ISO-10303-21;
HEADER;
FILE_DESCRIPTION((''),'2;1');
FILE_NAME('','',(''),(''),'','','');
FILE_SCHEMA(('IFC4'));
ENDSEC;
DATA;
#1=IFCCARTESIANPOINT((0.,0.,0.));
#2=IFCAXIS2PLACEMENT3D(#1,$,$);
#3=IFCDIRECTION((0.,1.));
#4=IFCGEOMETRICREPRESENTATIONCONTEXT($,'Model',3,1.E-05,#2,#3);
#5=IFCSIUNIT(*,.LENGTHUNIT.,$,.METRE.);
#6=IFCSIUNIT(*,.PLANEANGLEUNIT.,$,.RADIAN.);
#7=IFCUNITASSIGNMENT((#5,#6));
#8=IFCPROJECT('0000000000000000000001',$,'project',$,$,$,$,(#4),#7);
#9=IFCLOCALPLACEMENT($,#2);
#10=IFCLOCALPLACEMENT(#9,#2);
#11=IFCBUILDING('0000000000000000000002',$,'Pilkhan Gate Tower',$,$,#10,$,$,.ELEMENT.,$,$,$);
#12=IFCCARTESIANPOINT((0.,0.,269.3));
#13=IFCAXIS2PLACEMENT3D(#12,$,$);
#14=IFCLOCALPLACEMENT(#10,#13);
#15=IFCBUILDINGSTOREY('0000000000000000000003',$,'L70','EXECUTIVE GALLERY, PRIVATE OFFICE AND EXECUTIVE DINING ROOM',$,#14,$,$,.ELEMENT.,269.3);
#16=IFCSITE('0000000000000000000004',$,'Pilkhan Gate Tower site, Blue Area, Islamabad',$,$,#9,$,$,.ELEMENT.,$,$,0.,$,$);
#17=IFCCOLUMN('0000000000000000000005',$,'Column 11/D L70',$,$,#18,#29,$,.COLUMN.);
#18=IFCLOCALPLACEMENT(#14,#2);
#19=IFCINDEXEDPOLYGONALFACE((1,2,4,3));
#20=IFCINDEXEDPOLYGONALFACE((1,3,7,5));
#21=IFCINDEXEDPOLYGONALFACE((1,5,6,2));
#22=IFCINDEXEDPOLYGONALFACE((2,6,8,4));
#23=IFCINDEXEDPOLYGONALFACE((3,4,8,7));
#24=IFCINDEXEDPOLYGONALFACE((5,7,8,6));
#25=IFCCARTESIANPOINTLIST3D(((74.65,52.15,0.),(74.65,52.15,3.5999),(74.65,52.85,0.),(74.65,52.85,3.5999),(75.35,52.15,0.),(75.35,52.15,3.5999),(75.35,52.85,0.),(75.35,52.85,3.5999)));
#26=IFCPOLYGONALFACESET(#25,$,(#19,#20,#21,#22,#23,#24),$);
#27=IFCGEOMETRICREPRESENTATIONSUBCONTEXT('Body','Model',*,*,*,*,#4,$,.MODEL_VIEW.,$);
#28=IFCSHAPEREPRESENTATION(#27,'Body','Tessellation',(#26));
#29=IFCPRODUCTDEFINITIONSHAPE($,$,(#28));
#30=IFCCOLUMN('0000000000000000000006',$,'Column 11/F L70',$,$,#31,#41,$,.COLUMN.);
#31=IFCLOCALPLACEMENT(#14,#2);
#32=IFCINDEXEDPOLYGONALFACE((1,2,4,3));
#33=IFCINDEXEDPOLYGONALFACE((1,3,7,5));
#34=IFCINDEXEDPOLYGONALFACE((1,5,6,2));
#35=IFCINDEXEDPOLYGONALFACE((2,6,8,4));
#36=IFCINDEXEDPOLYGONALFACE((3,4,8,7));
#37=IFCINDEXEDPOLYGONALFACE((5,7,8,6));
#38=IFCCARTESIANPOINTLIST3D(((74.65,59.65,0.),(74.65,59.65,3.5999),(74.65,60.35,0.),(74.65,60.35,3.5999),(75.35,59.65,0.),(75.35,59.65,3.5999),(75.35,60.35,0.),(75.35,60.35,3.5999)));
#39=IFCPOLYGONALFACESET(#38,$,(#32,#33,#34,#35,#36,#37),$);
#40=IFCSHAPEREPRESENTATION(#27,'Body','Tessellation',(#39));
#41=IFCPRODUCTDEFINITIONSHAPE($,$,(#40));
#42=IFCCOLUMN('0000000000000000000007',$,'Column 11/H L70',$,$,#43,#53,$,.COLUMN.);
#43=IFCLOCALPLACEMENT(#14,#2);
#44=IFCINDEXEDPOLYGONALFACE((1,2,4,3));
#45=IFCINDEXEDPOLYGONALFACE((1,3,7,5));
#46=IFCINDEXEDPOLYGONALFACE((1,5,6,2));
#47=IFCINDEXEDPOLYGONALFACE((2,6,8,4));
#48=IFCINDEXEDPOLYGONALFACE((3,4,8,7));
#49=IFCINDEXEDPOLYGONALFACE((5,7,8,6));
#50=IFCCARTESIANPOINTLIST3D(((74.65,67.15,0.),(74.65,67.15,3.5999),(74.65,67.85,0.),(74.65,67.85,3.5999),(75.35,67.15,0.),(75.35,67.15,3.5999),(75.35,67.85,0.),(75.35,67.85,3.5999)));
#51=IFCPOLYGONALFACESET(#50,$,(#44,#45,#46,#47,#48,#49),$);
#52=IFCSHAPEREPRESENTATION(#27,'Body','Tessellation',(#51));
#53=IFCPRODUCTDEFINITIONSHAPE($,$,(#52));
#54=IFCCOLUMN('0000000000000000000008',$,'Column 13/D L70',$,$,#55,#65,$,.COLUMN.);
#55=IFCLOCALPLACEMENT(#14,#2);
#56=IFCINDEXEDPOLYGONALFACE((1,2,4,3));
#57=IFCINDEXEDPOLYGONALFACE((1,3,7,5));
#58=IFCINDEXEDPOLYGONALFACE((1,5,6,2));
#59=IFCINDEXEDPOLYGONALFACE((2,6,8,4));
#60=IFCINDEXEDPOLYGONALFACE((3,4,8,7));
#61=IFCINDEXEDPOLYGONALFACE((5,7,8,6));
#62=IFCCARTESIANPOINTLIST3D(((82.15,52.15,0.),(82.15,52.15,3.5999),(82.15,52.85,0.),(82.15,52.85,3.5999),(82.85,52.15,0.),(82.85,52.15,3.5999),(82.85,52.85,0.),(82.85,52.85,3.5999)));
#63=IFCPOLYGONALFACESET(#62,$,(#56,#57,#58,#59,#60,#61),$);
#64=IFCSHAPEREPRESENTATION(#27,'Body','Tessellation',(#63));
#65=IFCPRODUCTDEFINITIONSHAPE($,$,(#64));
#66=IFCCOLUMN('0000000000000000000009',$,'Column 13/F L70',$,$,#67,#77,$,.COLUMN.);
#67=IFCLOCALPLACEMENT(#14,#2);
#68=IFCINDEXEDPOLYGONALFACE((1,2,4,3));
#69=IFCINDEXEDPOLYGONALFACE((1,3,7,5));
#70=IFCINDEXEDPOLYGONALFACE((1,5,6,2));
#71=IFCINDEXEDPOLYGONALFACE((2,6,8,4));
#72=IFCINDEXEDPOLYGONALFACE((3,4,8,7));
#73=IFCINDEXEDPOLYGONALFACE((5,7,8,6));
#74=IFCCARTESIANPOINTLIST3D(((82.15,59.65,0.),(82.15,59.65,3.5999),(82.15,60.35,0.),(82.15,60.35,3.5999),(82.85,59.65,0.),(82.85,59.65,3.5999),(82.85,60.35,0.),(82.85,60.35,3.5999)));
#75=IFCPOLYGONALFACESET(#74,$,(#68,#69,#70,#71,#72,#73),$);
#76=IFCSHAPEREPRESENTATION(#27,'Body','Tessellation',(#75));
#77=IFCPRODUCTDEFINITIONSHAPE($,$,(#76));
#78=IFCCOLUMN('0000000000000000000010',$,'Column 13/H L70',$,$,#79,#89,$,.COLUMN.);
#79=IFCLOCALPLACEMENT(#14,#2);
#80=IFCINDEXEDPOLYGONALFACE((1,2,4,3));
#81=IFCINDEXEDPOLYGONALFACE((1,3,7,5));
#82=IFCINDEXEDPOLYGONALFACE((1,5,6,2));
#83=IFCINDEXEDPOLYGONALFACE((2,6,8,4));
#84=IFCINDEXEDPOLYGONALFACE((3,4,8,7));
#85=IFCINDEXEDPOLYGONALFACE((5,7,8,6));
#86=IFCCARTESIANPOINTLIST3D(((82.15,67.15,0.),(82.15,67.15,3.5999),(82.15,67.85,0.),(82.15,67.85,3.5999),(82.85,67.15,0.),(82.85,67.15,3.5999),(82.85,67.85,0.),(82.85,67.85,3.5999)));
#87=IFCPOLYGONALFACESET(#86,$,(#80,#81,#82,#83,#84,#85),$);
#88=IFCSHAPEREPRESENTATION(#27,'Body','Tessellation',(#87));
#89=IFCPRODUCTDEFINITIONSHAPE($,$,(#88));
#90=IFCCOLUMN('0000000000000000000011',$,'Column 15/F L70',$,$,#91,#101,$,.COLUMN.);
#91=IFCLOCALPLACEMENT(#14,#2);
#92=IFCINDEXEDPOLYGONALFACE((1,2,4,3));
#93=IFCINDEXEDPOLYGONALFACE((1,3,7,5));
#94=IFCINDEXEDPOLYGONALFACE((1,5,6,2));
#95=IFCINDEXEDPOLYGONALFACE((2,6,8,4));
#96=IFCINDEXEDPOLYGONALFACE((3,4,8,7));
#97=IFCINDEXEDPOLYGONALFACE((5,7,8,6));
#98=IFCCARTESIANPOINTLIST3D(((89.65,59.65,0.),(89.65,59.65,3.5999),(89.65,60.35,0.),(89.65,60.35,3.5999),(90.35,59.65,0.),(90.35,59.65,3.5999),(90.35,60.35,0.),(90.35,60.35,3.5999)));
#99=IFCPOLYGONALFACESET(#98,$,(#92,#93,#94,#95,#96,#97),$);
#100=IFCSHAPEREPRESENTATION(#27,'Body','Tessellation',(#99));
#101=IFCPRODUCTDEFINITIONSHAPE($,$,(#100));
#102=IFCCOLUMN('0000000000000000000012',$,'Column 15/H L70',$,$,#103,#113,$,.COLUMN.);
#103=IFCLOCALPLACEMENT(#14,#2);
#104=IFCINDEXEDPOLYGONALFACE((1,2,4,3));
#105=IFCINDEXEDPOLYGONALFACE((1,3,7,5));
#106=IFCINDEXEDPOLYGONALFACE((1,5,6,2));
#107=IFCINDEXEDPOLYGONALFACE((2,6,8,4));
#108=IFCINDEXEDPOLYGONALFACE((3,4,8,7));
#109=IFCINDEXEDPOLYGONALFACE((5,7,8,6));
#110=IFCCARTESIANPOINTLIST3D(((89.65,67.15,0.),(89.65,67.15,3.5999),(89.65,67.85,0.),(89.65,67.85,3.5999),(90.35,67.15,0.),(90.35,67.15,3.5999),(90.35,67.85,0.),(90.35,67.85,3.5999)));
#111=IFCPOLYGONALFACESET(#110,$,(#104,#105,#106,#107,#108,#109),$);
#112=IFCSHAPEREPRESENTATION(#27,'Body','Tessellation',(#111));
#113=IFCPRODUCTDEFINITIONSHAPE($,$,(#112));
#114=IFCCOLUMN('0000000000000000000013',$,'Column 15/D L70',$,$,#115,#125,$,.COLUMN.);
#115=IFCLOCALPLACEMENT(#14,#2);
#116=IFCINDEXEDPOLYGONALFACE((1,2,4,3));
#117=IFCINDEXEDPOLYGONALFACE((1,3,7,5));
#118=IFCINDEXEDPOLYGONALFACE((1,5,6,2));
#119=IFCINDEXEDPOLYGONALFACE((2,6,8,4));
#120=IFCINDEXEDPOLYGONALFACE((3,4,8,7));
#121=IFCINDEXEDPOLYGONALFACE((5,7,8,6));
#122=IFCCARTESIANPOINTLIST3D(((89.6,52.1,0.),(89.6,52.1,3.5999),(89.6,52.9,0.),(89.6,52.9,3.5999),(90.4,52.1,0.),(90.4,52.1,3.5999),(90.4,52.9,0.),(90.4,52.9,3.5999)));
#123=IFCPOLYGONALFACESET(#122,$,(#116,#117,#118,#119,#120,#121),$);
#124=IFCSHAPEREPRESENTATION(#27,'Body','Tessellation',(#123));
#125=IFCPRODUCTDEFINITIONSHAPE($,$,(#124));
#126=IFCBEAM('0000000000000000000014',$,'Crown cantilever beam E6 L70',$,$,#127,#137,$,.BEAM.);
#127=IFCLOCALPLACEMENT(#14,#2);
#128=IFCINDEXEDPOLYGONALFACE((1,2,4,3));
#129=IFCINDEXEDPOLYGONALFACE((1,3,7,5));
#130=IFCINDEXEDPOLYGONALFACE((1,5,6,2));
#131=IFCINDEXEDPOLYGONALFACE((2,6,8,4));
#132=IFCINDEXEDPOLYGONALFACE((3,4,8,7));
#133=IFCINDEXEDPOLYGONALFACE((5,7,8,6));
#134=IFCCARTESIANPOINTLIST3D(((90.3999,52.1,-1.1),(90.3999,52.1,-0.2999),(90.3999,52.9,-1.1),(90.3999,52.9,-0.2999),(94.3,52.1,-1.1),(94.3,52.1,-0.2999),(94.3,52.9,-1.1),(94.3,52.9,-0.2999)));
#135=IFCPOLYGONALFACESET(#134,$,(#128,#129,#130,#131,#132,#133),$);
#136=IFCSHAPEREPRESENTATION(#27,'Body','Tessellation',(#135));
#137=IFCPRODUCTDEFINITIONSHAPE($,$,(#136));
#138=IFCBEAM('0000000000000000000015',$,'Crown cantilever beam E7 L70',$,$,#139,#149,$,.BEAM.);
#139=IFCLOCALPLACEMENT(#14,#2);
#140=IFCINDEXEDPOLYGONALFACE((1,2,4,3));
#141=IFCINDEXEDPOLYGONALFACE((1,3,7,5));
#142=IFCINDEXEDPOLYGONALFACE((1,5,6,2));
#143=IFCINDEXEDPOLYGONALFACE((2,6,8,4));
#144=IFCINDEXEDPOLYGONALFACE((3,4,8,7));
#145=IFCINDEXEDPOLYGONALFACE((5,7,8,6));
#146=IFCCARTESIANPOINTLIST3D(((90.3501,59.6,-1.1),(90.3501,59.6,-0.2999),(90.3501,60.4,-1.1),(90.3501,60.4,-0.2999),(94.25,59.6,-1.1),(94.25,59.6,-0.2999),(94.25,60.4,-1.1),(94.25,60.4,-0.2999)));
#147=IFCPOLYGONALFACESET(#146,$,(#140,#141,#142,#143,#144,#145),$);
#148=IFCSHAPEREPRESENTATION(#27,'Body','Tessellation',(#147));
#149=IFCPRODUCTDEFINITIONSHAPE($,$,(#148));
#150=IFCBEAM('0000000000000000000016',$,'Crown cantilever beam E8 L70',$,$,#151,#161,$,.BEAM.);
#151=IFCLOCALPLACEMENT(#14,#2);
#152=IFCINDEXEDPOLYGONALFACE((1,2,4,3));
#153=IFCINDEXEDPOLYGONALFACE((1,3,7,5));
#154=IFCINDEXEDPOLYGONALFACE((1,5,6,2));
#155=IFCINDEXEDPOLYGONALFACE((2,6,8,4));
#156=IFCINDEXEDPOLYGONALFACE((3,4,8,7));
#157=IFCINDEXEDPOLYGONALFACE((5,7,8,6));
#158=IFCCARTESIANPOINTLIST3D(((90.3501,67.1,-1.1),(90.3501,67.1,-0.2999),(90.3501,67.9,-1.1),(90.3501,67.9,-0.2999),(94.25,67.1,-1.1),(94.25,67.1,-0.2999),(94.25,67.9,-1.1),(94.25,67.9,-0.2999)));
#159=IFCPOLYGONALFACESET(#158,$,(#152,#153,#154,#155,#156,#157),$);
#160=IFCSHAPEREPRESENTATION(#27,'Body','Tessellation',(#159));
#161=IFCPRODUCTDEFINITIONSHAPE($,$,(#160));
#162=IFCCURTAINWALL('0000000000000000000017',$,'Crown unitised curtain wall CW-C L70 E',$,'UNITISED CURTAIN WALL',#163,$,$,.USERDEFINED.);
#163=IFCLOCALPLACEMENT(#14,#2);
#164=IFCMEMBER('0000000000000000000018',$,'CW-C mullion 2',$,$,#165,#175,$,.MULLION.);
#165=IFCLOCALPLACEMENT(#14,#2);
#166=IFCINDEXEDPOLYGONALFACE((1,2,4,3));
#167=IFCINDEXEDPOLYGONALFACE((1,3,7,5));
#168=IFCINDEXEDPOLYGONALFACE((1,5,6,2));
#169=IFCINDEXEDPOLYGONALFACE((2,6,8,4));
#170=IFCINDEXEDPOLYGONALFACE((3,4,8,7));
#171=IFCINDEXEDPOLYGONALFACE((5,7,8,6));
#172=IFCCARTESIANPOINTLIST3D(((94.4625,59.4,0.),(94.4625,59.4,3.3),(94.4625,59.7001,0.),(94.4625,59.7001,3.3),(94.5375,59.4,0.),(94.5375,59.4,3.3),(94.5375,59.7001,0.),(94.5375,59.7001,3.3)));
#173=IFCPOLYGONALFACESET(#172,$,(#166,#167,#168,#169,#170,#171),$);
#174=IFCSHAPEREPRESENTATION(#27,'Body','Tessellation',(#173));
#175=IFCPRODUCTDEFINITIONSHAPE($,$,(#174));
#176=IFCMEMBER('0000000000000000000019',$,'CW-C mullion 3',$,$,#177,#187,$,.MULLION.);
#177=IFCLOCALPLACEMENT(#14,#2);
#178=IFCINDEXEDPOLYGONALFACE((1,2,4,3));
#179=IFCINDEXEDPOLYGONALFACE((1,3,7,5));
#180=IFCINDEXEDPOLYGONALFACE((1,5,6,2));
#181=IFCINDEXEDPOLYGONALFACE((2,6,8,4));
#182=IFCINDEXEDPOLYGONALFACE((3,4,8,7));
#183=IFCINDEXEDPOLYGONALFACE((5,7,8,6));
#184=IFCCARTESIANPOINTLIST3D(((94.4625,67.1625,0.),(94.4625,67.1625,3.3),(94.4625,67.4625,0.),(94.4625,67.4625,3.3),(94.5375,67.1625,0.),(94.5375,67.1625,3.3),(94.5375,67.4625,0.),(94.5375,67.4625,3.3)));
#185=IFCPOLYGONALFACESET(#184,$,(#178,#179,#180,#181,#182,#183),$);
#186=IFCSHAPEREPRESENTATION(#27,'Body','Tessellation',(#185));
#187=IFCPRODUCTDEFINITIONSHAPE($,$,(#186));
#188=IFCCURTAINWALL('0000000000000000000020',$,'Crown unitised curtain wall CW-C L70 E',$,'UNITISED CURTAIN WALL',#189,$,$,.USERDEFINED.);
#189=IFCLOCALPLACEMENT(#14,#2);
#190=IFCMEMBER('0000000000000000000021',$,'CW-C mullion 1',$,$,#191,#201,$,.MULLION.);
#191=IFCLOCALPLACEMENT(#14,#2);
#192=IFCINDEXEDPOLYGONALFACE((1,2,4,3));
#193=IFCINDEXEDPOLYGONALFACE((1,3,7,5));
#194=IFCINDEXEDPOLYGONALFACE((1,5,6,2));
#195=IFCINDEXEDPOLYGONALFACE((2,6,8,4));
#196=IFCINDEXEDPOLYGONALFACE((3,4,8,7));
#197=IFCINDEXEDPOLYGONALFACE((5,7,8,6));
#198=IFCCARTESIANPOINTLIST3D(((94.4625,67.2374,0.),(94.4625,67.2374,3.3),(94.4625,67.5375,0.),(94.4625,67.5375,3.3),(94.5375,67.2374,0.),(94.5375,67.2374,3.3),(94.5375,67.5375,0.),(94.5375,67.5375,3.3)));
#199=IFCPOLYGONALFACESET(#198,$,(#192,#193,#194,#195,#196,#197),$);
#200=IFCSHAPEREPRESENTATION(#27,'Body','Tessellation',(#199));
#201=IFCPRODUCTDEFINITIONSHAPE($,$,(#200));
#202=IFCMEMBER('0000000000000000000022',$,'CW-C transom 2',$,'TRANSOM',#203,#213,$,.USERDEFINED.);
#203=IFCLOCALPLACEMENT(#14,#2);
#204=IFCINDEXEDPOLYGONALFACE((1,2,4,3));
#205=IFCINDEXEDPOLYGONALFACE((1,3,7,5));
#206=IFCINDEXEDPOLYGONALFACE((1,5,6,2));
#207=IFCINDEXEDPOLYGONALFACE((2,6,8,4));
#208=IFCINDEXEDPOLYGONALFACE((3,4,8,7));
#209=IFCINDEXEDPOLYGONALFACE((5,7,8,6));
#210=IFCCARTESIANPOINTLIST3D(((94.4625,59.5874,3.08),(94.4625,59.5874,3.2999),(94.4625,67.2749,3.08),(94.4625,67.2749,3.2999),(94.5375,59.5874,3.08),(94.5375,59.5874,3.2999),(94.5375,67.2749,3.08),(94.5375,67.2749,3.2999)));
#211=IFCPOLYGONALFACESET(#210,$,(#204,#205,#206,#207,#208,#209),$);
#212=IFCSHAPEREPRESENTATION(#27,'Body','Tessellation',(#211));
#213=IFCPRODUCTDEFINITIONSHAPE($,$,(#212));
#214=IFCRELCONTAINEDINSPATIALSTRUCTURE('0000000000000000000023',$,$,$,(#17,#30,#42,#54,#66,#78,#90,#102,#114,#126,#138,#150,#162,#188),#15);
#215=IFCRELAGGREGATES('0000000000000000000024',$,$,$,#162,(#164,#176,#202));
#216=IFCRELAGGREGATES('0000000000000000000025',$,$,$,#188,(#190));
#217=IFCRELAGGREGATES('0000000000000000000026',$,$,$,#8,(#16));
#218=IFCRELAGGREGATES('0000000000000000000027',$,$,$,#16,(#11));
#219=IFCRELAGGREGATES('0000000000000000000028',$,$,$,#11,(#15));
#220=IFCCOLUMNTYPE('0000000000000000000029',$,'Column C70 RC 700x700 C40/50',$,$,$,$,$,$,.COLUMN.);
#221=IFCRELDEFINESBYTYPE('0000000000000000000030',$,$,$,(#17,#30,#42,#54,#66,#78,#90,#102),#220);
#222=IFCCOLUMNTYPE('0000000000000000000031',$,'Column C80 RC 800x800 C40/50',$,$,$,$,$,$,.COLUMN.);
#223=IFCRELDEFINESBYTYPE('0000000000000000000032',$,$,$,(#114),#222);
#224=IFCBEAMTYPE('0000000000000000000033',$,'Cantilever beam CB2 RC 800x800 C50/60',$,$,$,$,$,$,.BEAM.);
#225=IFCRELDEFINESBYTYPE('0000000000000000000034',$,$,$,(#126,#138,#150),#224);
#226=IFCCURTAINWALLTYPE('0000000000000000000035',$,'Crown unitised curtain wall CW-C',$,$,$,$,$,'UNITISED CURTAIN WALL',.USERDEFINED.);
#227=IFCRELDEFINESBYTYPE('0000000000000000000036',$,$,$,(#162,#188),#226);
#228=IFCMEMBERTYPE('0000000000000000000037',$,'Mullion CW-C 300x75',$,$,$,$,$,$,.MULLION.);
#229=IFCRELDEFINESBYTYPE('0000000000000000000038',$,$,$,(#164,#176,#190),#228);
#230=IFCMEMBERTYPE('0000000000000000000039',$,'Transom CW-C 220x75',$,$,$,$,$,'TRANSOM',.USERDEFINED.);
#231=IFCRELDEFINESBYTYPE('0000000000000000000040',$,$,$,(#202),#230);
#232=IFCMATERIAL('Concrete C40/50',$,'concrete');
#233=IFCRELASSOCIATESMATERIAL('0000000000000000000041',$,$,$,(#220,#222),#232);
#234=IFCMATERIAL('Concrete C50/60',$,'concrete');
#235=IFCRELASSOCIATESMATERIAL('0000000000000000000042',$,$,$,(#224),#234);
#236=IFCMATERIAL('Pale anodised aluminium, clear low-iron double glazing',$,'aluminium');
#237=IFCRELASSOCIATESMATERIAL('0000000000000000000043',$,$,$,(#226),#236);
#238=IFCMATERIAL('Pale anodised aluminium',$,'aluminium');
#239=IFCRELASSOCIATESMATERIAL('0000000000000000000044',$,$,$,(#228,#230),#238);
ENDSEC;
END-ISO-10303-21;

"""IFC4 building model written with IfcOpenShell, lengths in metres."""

from ifc_helpers import new_model, si_unit, direction, frame, origin, origin_2d, place, context, subcontext, project, spatial, rectangle, extrude, material, material_profile, profile_set, type_object, element, aggregate, save


model = new_model("IFC4")

# Units and contexts
model_context = context("Model", 3, precision=1e-05, world=origin(), true_north=direction((0.0, 1.0)))
body_context = subcontext(model_context, "Body", "Model", "MODEL_VIEW")
ifc_project = project(units=[si_unit("LENGTHUNIT", "METRE"), si_unit("PLANEANGLEUNIT", "RADIAN")], contexts=[model_context])

# Site, building, storey
site_placement = place(None, origin())
site = spatial("IfcSite", under=ifc_project, at=site_placement, Name="Pilkhan Gate Tower site, Blue Area, Islamabad", CompositionType="ELEMENT", RefElevation=0.0)
building_placement = place(site_placement, origin())
building = spatial("IfcBuilding", under=site, at=building_placement, Name="Pilkhan Gate Tower", CompositionType="ELEMENT")
storey_placement = place(building_placement, frame((0.0, 0.0, 269.3)))
storey = spatial("IfcBuildingStorey", under=building, at=storey_placement, Name="L70", Description="EXECUTIVE GALLERY, PRIVATE OFFICE AND EXECUTIVE DINING ROOM", CompositionType="ELEMENT", Elevation=269.3)

# Columns
ifc_material_1 = material(Name="Concrete C40/50", Category="concrete")
ifc_material_profile_1 = material_profile(ifc_material_1, rectangle(XDim=0.7, YDim=0.7, at=origin_2d()), Name="RC 700x700")
ifc_profile_set_1 = profile_set([ifc_material_profile_1], Name="Concrete C40/50")
column_type_1 = type_object("IfcColumnType", Name="Column C70 RC 700x700 C40/50", PredefinedType="COLUMN", material=ifc_profile_set_1)
for number, where, z_axis, x_axis, name in (
    (1, (75.0, 52.5, 0.0), (0.0, 0.0, 1.0), (1.0, 0.0, 0.0), "Column 11/D L70"),
    (2, (75.0, 60.0, 0.0), (0.0, 0.0, 1.0), (1.0, 0.0, 0.0), "Column 11/F L70"),
    (3, (75.0, 67.5, 0.0), (0.0, 0.0, 1.0), (1.0, 0.0, 0.0), "Column 11/H L70"),
    (4, (82.5, 52.5, 0.0), (0.0, 0.0, 1.0), (1.0, 0.0, 0.0), "Column 13/D L70"),
    (5, (82.5, 60.0, 0.0), (0.0, 0.0, 1.0), (1.0, 0.0, 0.0), "Column 13/F L70"),
    (6, (82.5, 67.5, 0.0), (0.0, 0.0, 1.0), (1.0, 0.0, 0.0), "Column 13/H L70"),
    (7, (90.0, 60.0, 0.0), (0.0, 0.0, 1.0), (1.0, 0.0, 0.0), "Column 15/F L70"),
    (8, (90.0, 67.5, 0.0), (0.0, 0.0, 1.0), (1.0, 0.0, 0.0), "Column 15/H L70"),
):
    element("IfcColumn", number, at=place(storey_placement, frame(where, z_axis=z_axis, x_axis=x_axis)), inside=storey, type_object=column_type_1, Name=name, PredefinedType="COLUMN", context=body_context, shape_type="SweptSolid", body=[
        extrude(rectangle(XDim=0.7, YDim=0.7, at=origin_2d()), origin(), (0.0, 0.0, 1.0), 3.5999),
    ])
ifc_material_profile_2 = material_profile(ifc_material_1, rectangle(XDim=0.8, YDim=0.8, at=origin_2d()), Name="RC 800x800")
ifc_profile_set_2 = profile_set([ifc_material_profile_2], Name="Concrete C40/50")
column_type_2 = type_object("IfcColumnType", Name="Column C80 RC 800x800 C40/50", PredefinedType="COLUMN", material=ifc_profile_set_2)
column_placement = place(storey_placement, frame((90.0, 52.5, 0.0), z_axis=(0.0, 0.0, 1.0), x_axis=(1.0, 0.0, 0.0)))
element("IfcColumn", 9, at=column_placement, inside=storey, type_object=column_type_2, Name="Column 15/D L70", PredefinedType="COLUMN", context=body_context, shape_type="SweptSolid", body=[
    extrude(rectangle(XDim=0.8, YDim=0.8, at=origin_2d()), origin(), (0.0, 0.0, 1.0), 3.5999),
])

# Beams
ifc_material_2 = material(Name="Concrete C50/60", Category="concrete")
ifc_material_profile_3 = material_profile(ifc_material_2, rectangle(XDim=0.8, YDim=0.8, at=origin_2d()), Name="RC 800x800")
ifc_profile_set_3 = profile_set([ifc_material_profile_3], Name="Concrete C50/60")
beam_type = type_object("IfcBeamType", Name="Cantilever beam CB2 RC 800x800 C50/60", PredefinedType="BEAM", material=ifc_profile_set_3)
beam_placement = place(storey_placement, frame((90.3999, 52.5, -0.7), z_axis=(1.0, 0.0, 0.0), x_axis=(0.0, 1.0, 0.0)))
element("IfcBeam", 10, at=beam_placement, inside=storey, type_object=beam_type, Name="Crown cantilever beam E6 L70", PredefinedType="BEAM", context=body_context, shape_type="SweptSolid", body=[
    extrude(rectangle(XDim=0.8, YDim=0.8, at=origin_2d()), origin(), (0.0, 0.0, 1.0), 3.9001),
])
for number, where, z_axis, x_axis, name in (
    (11, (90.3501, 60.0, -0.7), (1.0, 0.0, 0.0), (0.0, 1.0, 0.0), "Crown cantilever beam E7 L70"),
    (12, (90.3501, 67.5, -0.7), (1.0, 0.0, 0.0), (0.0, 1.0, 0.0), "Crown cantilever beam E8 L70"),
):
    element("IfcBeam", number, at=place(storey_placement, frame(where, z_axis=z_axis, x_axis=x_axis)), inside=storey, type_object=beam_type, Name=name, PredefinedType="BEAM", context=body_context, shape_type="SweptSolid", body=[
        extrude(rectangle(XDim=0.8, YDim=0.8, at=origin_2d()), origin(), (0.0, 0.0, 1.0), 3.8999),
    ])

# Curtain wall, members
ifc_material_3 = material(Name="Pale anodised aluminium, clear low-iron double glazing", Category="aluminium")
curtain_wall_type = type_object("IfcCurtainWallType", Name="Crown unitised curtain wall CW-C", ElementType="UNITISED CURTAIN WALL", PredefinedType="USERDEFINED", material=ifc_material_3)
curtain_wall_1_placement = place(storey_placement, origin())
curtain_wall_1 = element("IfcCurtainWall", 13, at=curtain_wall_1_placement, inside=storey, type_object=curtain_wall_type, Name="Crown unitised curtain wall CW-C L70 E", ObjectType="UNITISED CURTAIN WALL", PredefinedType="USERDEFINED")
ifc_material_4 = material(Name="Pale anodised aluminium", Category="aluminium")
ifc_material_profile_4 = material_profile(ifc_material_4, rectangle(XDim=0.075, YDim=0.3, at=origin_2d()), Name="Mullion 300x75")
ifc_profile_set_4 = profile_set([ifc_material_profile_4], Name="Pale anodised aluminium")
member_type_1 = type_object("IfcMemberType", Name="Mullion CW-C 300x75", PredefinedType="MULLION", material=ifc_profile_set_4)
member_1_placement = place(storey_placement, frame((94.5, 59.55, 0.0), z_axis=(0.0, 0.0, 1.0), x_axis=(-1.0, 0.0, 0.0)))
member_1 = element("IfcMember", 14, at=member_1_placement, type_object=member_type_1, Name="CW-C mullion 2", PredefinedType="MULLION", context=body_context, shape_type="SweptSolid", body=[
    extrude(rectangle(XDim=0.075, YDim=0.3, at=origin_2d()), origin(), (0.0, 0.0, 1.0), 3.3),
])
member_2_placement = place(storey_placement, frame((94.5, 67.3125, 0.0), z_axis=(0.0, 0.0, 1.0), x_axis=(-1.0, 0.0, 0.0)))
member_2 = element("IfcMember", 15, at=member_2_placement, type_object=member_type_1, Name="CW-C mullion 3", PredefinedType="MULLION", context=body_context, shape_type="SweptSolid", body=[
    extrude(rectangle(XDim=0.075, YDim=0.3, at=origin_2d()), origin(), (0.0, 0.0, 1.0), 3.3),
])

# Curtain wall, member
curtain_wall_2_placement = place(storey_placement, origin())
curtain_wall_2 = element("IfcCurtainWall", 16, at=curtain_wall_2_placement, inside=storey, type_object=curtain_wall_type, Name="Crown unitised curtain wall CW-C L70 E", ObjectType="UNITISED CURTAIN WALL", PredefinedType="USERDEFINED")
member_3_placement = place(storey_placement, frame((94.5, 67.3875, 0.0), z_axis=(0.0, 0.0, 1.0), x_axis=(-1.0, 0.0, 0.0)))
member_3 = element("IfcMember", 17, at=member_3_placement, type_object=member_type_1, Name="CW-C mullion 1", PredefinedType="MULLION", context=body_context, shape_type="SweptSolid", body=[
    extrude(rectangle(XDim=0.075, YDim=0.3, at=origin_2d()), origin(), (0.0, 0.0, 1.0), 3.3),
])

# Member
ifc_material_profile_5 = material_profile(ifc_material_4, rectangle(XDim=0.075, YDim=0.22, at=origin_2d()), Name="Transom 220x75")
ifc_profile_set_5 = profile_set([ifc_material_profile_5], Name="Pale anodised aluminium")
member_type_2 = type_object("IfcMemberType", Name="Transom CW-C 220x75", ElementType="TRANSOM", PredefinedType="USERDEFINED", material=ifc_profile_set_5)
member_4_placement = place(storey_placement, frame((94.5, 59.5874, 3.1899), z_axis=(0.0, 1.0, 0.0), x_axis=(-1.0, 0.0, 0.0)))
member_4 = element("IfcMember", 18, at=member_4_placement, type_object=member_type_2, Name="CW-C transom 2", ObjectType="TRANSOM", PredefinedType="USERDEFINED", context=body_context, shape_type="SweptSolid", body=[
    extrude(rectangle(XDim=0.075, YDim=0.22, at=origin_2d()), origin(), (0.0, 0.0, 1.0), 7.6875),
])

aggregate(curtain_wall_1, [member_1, member_2, member_4])
aggregate(curtain_wall_2, [member_3])

save(model, "model.ifc")
